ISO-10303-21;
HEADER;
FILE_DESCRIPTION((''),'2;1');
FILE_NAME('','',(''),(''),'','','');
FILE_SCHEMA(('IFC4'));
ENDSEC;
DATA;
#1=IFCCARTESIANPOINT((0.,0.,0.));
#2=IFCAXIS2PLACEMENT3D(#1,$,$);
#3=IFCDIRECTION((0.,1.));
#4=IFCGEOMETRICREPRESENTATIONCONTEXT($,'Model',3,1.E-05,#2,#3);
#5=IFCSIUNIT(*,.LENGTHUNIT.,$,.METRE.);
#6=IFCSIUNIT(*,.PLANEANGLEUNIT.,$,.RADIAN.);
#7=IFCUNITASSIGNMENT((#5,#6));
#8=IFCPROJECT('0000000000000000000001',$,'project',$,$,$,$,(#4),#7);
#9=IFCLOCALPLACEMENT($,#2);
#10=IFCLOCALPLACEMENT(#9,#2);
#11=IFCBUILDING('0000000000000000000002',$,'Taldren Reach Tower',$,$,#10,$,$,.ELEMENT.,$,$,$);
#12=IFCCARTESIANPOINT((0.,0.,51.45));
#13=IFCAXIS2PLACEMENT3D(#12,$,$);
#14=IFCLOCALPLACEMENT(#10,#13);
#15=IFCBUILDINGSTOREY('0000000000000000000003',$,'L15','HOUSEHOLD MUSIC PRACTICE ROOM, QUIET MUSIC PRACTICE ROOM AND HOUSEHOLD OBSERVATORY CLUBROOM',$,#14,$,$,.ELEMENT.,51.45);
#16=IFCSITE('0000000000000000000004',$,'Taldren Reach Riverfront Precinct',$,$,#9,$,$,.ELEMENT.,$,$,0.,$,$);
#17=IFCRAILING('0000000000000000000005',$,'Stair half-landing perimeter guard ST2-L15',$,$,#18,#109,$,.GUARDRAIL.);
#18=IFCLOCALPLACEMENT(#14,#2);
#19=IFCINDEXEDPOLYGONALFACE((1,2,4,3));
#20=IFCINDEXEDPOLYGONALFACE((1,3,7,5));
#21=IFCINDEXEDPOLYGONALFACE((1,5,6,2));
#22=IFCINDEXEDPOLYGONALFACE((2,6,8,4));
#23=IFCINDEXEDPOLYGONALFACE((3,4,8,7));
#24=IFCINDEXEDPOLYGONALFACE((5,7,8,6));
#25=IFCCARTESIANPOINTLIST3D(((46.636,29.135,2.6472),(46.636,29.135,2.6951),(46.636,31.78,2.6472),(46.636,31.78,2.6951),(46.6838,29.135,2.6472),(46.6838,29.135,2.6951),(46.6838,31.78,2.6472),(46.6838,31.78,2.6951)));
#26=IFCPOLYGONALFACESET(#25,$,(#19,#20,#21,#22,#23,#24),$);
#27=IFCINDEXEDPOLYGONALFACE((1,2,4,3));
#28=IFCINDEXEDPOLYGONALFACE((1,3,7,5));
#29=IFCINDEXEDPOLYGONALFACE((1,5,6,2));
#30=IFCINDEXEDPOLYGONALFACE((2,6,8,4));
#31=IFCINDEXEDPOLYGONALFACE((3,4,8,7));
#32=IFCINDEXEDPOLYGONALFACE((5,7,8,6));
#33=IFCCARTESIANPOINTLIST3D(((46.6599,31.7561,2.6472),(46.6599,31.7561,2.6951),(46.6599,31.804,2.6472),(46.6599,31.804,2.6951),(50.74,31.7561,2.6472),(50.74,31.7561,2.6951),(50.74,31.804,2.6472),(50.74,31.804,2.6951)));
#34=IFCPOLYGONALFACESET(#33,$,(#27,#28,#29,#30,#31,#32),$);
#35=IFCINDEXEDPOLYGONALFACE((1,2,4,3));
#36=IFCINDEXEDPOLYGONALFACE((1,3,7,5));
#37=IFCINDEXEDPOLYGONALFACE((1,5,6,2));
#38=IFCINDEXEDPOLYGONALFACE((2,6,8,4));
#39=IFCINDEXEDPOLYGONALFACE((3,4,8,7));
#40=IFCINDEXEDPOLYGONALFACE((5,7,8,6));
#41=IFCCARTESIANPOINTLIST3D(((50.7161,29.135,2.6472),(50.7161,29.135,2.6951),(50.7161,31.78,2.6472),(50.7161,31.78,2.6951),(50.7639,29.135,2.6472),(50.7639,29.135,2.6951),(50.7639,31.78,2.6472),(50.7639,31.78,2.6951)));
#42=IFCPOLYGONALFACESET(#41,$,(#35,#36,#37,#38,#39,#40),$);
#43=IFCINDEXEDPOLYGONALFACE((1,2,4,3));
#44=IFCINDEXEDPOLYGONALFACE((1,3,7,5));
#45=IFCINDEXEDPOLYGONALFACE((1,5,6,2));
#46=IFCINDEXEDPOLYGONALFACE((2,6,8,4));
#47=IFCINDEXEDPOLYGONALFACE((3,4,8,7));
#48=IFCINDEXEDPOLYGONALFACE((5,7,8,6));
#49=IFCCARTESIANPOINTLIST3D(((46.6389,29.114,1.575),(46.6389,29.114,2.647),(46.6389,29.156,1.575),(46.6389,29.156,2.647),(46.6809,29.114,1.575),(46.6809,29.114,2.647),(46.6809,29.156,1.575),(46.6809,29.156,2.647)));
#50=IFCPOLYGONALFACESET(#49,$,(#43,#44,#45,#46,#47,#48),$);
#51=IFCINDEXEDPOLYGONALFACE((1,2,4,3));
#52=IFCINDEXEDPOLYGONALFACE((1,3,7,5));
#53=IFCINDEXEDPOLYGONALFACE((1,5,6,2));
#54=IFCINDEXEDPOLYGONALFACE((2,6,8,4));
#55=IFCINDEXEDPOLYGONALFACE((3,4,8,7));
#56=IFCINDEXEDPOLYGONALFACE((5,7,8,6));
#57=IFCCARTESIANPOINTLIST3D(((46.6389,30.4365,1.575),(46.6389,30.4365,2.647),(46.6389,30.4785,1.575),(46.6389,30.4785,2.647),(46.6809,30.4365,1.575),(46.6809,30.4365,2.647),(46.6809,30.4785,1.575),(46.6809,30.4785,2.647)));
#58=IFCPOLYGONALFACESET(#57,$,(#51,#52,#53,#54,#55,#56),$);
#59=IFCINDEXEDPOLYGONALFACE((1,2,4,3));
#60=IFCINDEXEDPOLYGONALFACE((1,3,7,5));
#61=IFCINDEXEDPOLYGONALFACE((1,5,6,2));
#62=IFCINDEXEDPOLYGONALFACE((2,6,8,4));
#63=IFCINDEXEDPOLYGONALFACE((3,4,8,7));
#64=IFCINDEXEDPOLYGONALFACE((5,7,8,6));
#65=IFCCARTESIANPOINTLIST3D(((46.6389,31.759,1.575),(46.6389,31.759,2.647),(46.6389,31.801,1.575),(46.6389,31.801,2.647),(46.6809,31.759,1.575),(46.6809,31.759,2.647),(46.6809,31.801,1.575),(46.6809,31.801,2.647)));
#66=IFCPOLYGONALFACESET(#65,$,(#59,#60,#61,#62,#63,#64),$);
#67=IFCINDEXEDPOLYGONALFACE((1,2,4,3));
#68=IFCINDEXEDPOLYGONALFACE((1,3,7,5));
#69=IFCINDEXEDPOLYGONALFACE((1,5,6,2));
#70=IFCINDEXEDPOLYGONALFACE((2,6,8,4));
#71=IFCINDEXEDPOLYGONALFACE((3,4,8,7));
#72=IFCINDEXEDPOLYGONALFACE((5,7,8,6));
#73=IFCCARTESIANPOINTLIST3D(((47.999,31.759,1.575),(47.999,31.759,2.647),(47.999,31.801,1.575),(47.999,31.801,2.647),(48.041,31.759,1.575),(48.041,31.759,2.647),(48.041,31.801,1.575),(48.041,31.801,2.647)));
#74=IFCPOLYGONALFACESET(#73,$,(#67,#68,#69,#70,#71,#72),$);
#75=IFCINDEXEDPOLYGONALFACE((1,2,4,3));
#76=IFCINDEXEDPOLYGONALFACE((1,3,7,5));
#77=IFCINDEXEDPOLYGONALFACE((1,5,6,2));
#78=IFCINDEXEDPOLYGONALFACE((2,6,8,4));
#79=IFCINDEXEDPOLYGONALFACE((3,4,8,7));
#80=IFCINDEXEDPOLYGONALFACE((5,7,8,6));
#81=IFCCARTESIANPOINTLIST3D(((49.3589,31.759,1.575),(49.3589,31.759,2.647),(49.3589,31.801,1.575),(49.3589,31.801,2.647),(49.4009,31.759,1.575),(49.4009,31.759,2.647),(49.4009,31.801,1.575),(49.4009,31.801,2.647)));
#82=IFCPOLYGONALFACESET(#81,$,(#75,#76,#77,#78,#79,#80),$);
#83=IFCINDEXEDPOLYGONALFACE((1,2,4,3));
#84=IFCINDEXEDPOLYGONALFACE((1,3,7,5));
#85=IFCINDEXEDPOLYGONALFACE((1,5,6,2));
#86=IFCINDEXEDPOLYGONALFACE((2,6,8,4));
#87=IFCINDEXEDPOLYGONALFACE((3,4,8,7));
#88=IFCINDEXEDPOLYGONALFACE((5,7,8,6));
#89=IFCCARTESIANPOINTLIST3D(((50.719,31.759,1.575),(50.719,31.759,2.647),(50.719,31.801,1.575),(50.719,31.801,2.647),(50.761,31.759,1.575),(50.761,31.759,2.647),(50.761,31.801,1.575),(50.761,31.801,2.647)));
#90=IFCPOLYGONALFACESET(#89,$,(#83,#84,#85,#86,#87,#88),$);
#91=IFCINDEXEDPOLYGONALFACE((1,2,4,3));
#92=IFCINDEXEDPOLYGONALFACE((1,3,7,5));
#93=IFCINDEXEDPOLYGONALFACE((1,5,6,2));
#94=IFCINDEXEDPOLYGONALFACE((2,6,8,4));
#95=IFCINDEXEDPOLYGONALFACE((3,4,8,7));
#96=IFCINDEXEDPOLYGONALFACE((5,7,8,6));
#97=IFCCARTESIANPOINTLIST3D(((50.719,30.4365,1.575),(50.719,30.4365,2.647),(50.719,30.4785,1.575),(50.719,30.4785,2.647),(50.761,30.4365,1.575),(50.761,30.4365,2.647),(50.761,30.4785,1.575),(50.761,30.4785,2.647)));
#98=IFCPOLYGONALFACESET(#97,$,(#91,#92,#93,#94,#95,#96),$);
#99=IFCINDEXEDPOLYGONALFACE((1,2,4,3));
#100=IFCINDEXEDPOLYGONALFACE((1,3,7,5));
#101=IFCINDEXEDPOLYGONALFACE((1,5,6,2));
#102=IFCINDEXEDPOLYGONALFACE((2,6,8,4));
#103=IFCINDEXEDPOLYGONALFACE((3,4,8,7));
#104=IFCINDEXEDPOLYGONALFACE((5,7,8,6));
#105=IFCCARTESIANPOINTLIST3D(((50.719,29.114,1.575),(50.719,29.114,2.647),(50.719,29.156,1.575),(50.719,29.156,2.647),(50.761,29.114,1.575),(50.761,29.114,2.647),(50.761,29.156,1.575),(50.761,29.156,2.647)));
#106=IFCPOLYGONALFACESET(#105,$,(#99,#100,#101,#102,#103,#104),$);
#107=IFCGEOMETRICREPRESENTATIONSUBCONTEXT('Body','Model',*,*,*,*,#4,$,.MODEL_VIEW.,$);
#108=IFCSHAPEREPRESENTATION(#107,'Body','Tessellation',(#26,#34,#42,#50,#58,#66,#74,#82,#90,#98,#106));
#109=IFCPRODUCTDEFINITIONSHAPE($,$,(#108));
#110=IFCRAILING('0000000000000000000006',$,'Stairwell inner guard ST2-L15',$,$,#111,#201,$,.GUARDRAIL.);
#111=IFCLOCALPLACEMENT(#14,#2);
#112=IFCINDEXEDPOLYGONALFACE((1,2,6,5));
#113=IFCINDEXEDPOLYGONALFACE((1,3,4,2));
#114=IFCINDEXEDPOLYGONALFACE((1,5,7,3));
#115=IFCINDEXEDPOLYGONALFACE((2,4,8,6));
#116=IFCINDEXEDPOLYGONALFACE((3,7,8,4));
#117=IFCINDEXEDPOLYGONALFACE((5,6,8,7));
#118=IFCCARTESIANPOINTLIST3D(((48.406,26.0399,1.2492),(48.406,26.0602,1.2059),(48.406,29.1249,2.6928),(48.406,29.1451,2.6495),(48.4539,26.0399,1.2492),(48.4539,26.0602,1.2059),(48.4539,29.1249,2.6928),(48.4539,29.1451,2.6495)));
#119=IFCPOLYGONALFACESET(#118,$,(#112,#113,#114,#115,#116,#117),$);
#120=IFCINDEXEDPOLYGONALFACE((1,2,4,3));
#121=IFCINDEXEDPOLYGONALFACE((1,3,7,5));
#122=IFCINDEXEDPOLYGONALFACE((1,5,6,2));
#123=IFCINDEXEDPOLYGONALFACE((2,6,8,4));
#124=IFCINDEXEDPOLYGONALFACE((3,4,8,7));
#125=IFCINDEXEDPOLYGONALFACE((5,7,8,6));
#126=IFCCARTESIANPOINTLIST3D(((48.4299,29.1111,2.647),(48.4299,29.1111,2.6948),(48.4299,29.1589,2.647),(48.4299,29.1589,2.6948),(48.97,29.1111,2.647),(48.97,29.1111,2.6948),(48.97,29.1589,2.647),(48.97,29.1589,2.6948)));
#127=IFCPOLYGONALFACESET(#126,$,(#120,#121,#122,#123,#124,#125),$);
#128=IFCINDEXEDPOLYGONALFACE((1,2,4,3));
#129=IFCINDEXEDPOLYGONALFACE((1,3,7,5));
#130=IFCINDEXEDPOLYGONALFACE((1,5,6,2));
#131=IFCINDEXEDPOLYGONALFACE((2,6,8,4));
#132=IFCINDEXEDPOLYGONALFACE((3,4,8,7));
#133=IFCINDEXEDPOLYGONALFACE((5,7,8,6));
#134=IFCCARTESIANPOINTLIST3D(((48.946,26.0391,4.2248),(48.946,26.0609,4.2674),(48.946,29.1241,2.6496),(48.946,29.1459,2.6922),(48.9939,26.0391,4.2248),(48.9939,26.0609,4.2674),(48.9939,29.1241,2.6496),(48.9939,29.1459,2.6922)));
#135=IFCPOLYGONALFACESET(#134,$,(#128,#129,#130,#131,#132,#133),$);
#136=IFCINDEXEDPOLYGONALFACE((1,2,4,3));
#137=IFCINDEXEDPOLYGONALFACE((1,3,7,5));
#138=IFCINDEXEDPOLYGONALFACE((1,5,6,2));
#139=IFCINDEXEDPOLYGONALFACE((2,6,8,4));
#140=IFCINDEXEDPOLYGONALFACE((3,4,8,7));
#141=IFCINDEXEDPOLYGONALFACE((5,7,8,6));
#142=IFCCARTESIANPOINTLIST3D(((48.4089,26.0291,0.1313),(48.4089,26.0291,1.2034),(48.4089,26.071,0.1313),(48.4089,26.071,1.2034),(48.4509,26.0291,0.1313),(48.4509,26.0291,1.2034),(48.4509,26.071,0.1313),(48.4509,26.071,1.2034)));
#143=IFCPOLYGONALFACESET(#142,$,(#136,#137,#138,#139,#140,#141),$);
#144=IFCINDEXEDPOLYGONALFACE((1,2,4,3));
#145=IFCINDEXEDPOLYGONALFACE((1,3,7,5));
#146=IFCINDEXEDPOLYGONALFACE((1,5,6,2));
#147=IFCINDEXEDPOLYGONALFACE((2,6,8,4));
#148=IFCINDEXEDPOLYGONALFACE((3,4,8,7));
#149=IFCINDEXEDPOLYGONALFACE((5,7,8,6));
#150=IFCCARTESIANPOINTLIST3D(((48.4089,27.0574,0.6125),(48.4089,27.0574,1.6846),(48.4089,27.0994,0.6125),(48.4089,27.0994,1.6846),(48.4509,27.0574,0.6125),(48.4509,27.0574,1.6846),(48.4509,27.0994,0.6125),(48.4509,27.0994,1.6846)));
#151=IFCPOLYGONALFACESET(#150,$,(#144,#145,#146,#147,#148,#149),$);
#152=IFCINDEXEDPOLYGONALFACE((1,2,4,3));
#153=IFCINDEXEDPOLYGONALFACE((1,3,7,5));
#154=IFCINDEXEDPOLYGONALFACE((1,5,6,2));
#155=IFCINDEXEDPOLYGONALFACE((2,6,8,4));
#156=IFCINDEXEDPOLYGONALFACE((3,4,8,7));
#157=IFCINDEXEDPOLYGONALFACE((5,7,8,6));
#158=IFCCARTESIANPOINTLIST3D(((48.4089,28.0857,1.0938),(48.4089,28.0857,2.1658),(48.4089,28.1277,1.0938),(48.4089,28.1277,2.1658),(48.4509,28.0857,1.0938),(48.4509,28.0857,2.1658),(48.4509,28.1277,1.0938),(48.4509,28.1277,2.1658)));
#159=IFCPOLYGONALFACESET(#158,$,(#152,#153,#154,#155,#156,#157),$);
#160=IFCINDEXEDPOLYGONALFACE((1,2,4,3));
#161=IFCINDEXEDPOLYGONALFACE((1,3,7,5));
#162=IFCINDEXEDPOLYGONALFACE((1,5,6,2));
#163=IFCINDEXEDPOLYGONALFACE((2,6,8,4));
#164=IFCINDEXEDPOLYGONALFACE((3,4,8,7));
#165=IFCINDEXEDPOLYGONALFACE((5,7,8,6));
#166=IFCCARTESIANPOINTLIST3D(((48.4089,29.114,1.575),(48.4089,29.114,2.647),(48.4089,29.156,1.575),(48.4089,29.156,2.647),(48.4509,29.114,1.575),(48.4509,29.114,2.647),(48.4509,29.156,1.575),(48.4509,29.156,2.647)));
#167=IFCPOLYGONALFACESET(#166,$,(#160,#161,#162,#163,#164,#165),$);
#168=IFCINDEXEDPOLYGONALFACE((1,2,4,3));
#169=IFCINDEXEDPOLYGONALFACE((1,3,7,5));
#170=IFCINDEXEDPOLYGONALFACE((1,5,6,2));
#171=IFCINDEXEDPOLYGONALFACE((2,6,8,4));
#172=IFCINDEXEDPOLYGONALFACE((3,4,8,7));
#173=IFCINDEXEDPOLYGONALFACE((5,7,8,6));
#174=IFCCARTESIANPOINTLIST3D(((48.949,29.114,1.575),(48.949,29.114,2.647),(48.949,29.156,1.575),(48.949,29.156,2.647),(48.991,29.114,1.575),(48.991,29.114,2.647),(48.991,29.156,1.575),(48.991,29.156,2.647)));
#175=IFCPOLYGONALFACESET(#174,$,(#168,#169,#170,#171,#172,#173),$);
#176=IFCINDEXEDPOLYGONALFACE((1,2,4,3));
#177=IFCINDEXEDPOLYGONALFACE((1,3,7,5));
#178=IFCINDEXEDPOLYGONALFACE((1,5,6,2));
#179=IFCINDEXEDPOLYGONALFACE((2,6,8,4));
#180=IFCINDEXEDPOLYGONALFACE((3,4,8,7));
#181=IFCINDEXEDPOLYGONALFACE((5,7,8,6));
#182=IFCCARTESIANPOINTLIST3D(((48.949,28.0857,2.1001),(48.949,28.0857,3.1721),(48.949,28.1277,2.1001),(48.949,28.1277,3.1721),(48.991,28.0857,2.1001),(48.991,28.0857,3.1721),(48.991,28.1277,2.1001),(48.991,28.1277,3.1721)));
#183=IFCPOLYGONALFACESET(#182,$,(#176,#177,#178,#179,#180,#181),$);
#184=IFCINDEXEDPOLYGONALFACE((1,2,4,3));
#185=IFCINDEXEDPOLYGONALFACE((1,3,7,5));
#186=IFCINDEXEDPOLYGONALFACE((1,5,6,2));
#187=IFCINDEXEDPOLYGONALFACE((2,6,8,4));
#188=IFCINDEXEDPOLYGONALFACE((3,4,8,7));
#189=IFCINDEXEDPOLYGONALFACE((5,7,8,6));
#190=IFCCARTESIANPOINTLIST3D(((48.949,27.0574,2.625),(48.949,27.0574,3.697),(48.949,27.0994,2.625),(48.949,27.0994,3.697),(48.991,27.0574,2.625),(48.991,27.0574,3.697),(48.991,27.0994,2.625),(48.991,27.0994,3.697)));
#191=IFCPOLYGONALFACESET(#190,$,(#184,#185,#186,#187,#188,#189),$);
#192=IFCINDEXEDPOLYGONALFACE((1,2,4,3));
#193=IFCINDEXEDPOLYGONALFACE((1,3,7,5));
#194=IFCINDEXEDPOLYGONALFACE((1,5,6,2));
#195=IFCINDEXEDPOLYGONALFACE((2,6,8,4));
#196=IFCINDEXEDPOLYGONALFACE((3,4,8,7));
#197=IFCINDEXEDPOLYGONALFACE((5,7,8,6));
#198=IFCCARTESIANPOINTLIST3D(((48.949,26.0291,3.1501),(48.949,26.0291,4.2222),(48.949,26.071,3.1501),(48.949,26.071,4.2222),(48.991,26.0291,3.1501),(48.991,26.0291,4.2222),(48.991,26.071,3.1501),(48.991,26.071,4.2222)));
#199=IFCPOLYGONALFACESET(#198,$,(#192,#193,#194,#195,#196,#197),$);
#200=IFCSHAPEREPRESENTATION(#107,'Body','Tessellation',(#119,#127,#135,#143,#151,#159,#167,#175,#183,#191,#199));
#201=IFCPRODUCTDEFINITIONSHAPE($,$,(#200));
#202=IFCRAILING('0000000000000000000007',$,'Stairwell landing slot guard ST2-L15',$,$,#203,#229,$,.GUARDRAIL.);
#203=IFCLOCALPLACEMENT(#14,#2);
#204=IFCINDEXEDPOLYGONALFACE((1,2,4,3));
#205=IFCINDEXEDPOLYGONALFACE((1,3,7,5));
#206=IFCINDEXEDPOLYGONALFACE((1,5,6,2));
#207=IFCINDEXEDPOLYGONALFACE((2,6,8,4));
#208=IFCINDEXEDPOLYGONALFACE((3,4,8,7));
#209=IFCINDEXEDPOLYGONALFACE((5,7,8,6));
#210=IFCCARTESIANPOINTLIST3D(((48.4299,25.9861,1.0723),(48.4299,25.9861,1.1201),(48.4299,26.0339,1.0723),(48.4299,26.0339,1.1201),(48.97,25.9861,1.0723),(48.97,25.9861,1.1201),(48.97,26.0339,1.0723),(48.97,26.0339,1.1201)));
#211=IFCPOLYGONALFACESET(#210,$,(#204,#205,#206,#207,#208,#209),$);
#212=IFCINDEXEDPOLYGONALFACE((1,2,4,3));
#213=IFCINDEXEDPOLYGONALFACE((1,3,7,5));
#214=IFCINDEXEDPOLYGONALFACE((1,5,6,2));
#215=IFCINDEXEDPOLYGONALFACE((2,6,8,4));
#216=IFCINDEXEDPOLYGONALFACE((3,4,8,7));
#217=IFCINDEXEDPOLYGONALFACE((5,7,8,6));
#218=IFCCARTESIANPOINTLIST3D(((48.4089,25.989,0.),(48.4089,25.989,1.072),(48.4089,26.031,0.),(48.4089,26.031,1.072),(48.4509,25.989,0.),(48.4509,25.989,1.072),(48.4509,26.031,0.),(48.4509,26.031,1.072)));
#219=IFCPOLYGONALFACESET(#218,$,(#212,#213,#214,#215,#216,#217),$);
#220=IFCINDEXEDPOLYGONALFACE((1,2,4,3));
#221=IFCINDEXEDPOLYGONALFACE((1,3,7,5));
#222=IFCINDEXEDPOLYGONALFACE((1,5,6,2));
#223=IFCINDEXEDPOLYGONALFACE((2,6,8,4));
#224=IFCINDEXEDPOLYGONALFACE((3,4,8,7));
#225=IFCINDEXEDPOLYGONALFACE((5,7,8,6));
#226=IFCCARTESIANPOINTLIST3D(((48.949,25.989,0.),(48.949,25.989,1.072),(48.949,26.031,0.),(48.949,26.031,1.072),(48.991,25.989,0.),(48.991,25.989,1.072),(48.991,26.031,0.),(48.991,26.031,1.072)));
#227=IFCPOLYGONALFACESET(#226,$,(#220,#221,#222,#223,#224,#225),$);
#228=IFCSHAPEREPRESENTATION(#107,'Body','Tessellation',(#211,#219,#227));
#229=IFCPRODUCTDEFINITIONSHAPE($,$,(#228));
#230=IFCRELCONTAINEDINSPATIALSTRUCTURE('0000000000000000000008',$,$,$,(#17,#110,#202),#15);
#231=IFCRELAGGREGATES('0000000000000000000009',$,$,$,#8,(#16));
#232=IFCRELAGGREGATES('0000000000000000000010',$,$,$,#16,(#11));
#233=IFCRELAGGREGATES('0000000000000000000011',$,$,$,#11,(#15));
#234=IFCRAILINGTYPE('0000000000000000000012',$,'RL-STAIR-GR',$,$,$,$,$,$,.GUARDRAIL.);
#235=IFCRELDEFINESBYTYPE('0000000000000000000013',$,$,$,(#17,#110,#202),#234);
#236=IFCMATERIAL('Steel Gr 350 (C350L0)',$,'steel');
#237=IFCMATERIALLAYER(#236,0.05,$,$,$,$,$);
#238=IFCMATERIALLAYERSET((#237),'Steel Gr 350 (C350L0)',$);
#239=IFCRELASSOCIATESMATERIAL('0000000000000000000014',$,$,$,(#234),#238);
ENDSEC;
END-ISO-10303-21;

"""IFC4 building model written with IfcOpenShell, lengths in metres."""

from ifc_helpers import new_model, si_unit, direction, frame, origin, origin_2d, place, context, subcontext, project, spatial, rectangle, extrude, material, layer, layer_set, type_object, element, save


model = new_model("IFC4")

# Units and contexts
model_context = context("Model", 3, precision=1e-05, world=origin(), true_north=direction((0.0, 1.0)))
body_context = subcontext(model_context, "Body", "Model", "MODEL_VIEW")
ifc_project = project(units=[si_unit("LENGTHUNIT", "METRE"), si_unit("PLANEANGLEUNIT", "RADIAN")], contexts=[model_context])

# Site, building, storey
site_placement = place(None, origin())
site = spatial("IfcSite", under=ifc_project, at=site_placement, Name="Taldren Reach Riverfront Precinct", CompositionType="ELEMENT", RefElevation=0.0)
building_placement = place(site_placement, origin())
building = spatial("IfcBuilding", under=site, at=building_placement, Name="Taldren Reach Tower", CompositionType="ELEMENT")
storey_placement = place(building_placement, frame((0.0, 0.0, 51.45)))
storey = spatial("IfcBuildingStorey", under=building, at=storey_placement, Name="L15", Description="HOUSEHOLD MUSIC PRACTICE ROOM, QUIET MUSIC PRACTICE ROOM AND HOUSEHOLD OBSERVATORY CLUBROOM", CompositionType="ELEMENT", Elevation=51.45)

# Shared definitions
ifc_material_1 = material(Name="Steel Gr 350 (C350L0)", Category="steel")

# Railings
ifc_layer_1 = layer(ifc_material_1, 0.05)
ifc_layer_set_1 = layer_set([ifc_layer_1], Name="Steel Gr 350 (C350L0)")
railing_type_1 = type_object("IfcRailingType", Name="RL-STAIR-GR", PredefinedType="GUARDRAIL", material=ifc_layer_set_1)
railing_1_placement = place(storey_placement, frame((46.6599, 29.135, 1.575)))
element("IfcRailing", 1, at=railing_1_placement, inside=storey, type_object=railing_type_1, Name="Stair half-landing perimeter guard ST2-L15", PredefinedType="GUARDRAIL", context=body_context, shape_type="SweptSolid", body=[
    extrude(rectangle(XDim=0.0479, YDim=0.0479, at=origin_2d()), frame((0.0, 0.0, 1.0962), z_axis=(0.0, 1.0, 0.0), x_axis=(-1.0, 0.0, 0.0)), (0.0, 0.0, 1.0), 2.645),
    extrude(rectangle(XDim=0.0479, YDim=0.0479, at=origin_2d()), frame((0.0, 2.645, 1.0962), z_axis=(1.0, 0.0, 0.0), x_axis=(0.0, 1.0, 0.0)), (0.0, 0.0, 1.0), 4.0801),
    extrude(rectangle(XDim=0.0479, YDim=0.0479, at=origin_2d()), frame((4.0801, 2.645, 1.0962), z_axis=(0.0, -1.0, 0.0), x_axis=(1.0, 0.0, 0.0)), (0.0, 0.0, 1.0), 2.645),
    extrude(rectangle(XDim=0.042, YDim=0.042, at=origin_2d()), origin(), (0.0, 0.0, 1.0), 1.072),
    extrude(rectangle(XDim=0.042, YDim=0.042, at=origin_2d()), frame((0.0, 1.3225, 0.0)), (0.0, 0.0, 1.0), 1.072),
    extrude(rectangle(XDim=0.042, YDim=0.042, at=origin_2d()), frame((0.0, 2.645, 0.0)), (0.0, 0.0, 1.0), 1.072),
    extrude(rectangle(XDim=0.042, YDim=0.042, at=origin_2d()), frame((1.3601, 2.645, 0.0)), (0.0, 0.0, 1.0), 1.072),
    extrude(rectangle(XDim=0.042, YDim=0.042, at=origin_2d()), frame((2.72, 2.645, 0.0)), (0.0, 0.0, 1.0), 1.072),
    extrude(rectangle(XDim=0.042, YDim=0.042, at=origin_2d()), frame((4.0801, 2.645, 0.0)), (0.0, 0.0, 1.0), 1.072),
    extrude(rectangle(XDim=0.042, YDim=0.042, at=origin_2d()), frame((4.0801, 1.3225, 0.0)), (0.0, 0.0, 1.0), 1.072),
    extrude(rectangle(XDim=0.042, YDim=0.042, at=origin_2d()), frame((4.0801, 0.0, 0.0)), (0.0, 0.0, 1.0), 1.072),
])
railing_2_placement = place(storey_placement, frame((48.4299, 26.05, 0.1313)))
element("IfcRailing", 2, at=railing_2_placement, inside=storey, type_object=railing_type_1, Name="Stairwell inner guard ST2-L15", PredefinedType="GUARDRAIL", context=body_context, shape_type="SweptSolid", body=[
    extrude(rectangle(XDim=0.0479, YDim=0.0479, at=origin_2d()), frame((0.0, 0.0, 1.0962), z_axis=(0.0, 0.905738, 0.423839), x_axis=(-1.0, 0.0, 0.0)), (0.0, 0.0, 1.0), 3.406),
    extrude(rectangle(XDim=0.0479, YDim=0.0479, at=origin_2d()), frame((0.0, 3.085, 2.5396), z_axis=(1.0, 0.0, 0.0), x_axis=(0.0, 1.0, 0.0)), (0.0, 0.0, 1.0), 0.54),
    extrude(rectangle(XDim=0.0479, YDim=0.0479, at=origin_2d()), frame((0.54, 3.085, 2.5396), z_axis=(0.0, -0.890617, 0.454753), x_axis=(1.0, 0.0, 0.0)), (0.0, 0.0, 1.0), 3.4639),
    extrude(rectangle(XDim=0.042, YDim=0.042, at=origin_2d()), origin(), (0.0, 0.0, 1.0), 1.072),
    extrude(rectangle(XDim=0.042, YDim=0.042, at=origin_2d()), frame((0.0, 1.0283, 0.4812)), (0.0, 0.0, 1.0), 1.072),
    extrude(rectangle(XDim=0.042, YDim=0.042, at=origin_2d()), frame((0.0, 2.0566, 0.9624)), (0.0, 0.0, 1.0), 1.072),
    extrude(rectangle(XDim=0.042, YDim=0.042, at=origin_2d()), frame((0.0, 3.085, 1.4436)), (0.0, 0.0, 1.0), 1.072),
    extrude(rectangle(XDim=0.042, YDim=0.042, at=origin_2d()), frame((0.54, 3.085, 1.4436)), (0.0, 0.0, 1.0), 1.072),
    extrude(rectangle(XDim=0.042, YDim=0.042, at=origin_2d()), frame((0.54, 2.0566, 1.9688)), (0.0, 0.0, 1.0), 1.072),
    extrude(rectangle(XDim=0.042, YDim=0.042, at=origin_2d()), frame((0.54, 1.0283, 2.4937)), (0.0, 0.0, 1.0), 1.072),
    extrude(rectangle(XDim=0.042, YDim=0.042, at=origin_2d()), frame((0.54, 0.0, 3.0188)), (0.0, 0.0, 1.0), 1.072),
])
railing_3_placement = place(storey_placement, frame((48.4299, 26.01, 0.0)))
element("IfcRailing", 3, at=railing_3_placement, inside=storey, type_object=railing_type_1, Name="Stairwell landing slot guard ST2-L15", PredefinedType="GUARDRAIL", context=body_context, shape_type="SweptSolid", body=[
    extrude(rectangle(XDim=0.0479, YDim=0.0479, at=origin_2d()), frame((0.0, 0.0, 1.0962), z_axis=(1.0, 0.0, 0.0), x_axis=(0.0, 1.0, 0.0)), (0.0, 0.0, 1.0), 0.54),
    extrude(rectangle(XDim=0.042, YDim=0.042, at=origin_2d()), origin(), (0.0, 0.0, 1.0), 1.072),
    extrude(rectangle(XDim=0.042, YDim=0.042, at=origin_2d()), frame((0.54, 0.0, 0.0)), (0.0, 0.0, 1.0), 1.072),
])

save(model, "model.ifc")
